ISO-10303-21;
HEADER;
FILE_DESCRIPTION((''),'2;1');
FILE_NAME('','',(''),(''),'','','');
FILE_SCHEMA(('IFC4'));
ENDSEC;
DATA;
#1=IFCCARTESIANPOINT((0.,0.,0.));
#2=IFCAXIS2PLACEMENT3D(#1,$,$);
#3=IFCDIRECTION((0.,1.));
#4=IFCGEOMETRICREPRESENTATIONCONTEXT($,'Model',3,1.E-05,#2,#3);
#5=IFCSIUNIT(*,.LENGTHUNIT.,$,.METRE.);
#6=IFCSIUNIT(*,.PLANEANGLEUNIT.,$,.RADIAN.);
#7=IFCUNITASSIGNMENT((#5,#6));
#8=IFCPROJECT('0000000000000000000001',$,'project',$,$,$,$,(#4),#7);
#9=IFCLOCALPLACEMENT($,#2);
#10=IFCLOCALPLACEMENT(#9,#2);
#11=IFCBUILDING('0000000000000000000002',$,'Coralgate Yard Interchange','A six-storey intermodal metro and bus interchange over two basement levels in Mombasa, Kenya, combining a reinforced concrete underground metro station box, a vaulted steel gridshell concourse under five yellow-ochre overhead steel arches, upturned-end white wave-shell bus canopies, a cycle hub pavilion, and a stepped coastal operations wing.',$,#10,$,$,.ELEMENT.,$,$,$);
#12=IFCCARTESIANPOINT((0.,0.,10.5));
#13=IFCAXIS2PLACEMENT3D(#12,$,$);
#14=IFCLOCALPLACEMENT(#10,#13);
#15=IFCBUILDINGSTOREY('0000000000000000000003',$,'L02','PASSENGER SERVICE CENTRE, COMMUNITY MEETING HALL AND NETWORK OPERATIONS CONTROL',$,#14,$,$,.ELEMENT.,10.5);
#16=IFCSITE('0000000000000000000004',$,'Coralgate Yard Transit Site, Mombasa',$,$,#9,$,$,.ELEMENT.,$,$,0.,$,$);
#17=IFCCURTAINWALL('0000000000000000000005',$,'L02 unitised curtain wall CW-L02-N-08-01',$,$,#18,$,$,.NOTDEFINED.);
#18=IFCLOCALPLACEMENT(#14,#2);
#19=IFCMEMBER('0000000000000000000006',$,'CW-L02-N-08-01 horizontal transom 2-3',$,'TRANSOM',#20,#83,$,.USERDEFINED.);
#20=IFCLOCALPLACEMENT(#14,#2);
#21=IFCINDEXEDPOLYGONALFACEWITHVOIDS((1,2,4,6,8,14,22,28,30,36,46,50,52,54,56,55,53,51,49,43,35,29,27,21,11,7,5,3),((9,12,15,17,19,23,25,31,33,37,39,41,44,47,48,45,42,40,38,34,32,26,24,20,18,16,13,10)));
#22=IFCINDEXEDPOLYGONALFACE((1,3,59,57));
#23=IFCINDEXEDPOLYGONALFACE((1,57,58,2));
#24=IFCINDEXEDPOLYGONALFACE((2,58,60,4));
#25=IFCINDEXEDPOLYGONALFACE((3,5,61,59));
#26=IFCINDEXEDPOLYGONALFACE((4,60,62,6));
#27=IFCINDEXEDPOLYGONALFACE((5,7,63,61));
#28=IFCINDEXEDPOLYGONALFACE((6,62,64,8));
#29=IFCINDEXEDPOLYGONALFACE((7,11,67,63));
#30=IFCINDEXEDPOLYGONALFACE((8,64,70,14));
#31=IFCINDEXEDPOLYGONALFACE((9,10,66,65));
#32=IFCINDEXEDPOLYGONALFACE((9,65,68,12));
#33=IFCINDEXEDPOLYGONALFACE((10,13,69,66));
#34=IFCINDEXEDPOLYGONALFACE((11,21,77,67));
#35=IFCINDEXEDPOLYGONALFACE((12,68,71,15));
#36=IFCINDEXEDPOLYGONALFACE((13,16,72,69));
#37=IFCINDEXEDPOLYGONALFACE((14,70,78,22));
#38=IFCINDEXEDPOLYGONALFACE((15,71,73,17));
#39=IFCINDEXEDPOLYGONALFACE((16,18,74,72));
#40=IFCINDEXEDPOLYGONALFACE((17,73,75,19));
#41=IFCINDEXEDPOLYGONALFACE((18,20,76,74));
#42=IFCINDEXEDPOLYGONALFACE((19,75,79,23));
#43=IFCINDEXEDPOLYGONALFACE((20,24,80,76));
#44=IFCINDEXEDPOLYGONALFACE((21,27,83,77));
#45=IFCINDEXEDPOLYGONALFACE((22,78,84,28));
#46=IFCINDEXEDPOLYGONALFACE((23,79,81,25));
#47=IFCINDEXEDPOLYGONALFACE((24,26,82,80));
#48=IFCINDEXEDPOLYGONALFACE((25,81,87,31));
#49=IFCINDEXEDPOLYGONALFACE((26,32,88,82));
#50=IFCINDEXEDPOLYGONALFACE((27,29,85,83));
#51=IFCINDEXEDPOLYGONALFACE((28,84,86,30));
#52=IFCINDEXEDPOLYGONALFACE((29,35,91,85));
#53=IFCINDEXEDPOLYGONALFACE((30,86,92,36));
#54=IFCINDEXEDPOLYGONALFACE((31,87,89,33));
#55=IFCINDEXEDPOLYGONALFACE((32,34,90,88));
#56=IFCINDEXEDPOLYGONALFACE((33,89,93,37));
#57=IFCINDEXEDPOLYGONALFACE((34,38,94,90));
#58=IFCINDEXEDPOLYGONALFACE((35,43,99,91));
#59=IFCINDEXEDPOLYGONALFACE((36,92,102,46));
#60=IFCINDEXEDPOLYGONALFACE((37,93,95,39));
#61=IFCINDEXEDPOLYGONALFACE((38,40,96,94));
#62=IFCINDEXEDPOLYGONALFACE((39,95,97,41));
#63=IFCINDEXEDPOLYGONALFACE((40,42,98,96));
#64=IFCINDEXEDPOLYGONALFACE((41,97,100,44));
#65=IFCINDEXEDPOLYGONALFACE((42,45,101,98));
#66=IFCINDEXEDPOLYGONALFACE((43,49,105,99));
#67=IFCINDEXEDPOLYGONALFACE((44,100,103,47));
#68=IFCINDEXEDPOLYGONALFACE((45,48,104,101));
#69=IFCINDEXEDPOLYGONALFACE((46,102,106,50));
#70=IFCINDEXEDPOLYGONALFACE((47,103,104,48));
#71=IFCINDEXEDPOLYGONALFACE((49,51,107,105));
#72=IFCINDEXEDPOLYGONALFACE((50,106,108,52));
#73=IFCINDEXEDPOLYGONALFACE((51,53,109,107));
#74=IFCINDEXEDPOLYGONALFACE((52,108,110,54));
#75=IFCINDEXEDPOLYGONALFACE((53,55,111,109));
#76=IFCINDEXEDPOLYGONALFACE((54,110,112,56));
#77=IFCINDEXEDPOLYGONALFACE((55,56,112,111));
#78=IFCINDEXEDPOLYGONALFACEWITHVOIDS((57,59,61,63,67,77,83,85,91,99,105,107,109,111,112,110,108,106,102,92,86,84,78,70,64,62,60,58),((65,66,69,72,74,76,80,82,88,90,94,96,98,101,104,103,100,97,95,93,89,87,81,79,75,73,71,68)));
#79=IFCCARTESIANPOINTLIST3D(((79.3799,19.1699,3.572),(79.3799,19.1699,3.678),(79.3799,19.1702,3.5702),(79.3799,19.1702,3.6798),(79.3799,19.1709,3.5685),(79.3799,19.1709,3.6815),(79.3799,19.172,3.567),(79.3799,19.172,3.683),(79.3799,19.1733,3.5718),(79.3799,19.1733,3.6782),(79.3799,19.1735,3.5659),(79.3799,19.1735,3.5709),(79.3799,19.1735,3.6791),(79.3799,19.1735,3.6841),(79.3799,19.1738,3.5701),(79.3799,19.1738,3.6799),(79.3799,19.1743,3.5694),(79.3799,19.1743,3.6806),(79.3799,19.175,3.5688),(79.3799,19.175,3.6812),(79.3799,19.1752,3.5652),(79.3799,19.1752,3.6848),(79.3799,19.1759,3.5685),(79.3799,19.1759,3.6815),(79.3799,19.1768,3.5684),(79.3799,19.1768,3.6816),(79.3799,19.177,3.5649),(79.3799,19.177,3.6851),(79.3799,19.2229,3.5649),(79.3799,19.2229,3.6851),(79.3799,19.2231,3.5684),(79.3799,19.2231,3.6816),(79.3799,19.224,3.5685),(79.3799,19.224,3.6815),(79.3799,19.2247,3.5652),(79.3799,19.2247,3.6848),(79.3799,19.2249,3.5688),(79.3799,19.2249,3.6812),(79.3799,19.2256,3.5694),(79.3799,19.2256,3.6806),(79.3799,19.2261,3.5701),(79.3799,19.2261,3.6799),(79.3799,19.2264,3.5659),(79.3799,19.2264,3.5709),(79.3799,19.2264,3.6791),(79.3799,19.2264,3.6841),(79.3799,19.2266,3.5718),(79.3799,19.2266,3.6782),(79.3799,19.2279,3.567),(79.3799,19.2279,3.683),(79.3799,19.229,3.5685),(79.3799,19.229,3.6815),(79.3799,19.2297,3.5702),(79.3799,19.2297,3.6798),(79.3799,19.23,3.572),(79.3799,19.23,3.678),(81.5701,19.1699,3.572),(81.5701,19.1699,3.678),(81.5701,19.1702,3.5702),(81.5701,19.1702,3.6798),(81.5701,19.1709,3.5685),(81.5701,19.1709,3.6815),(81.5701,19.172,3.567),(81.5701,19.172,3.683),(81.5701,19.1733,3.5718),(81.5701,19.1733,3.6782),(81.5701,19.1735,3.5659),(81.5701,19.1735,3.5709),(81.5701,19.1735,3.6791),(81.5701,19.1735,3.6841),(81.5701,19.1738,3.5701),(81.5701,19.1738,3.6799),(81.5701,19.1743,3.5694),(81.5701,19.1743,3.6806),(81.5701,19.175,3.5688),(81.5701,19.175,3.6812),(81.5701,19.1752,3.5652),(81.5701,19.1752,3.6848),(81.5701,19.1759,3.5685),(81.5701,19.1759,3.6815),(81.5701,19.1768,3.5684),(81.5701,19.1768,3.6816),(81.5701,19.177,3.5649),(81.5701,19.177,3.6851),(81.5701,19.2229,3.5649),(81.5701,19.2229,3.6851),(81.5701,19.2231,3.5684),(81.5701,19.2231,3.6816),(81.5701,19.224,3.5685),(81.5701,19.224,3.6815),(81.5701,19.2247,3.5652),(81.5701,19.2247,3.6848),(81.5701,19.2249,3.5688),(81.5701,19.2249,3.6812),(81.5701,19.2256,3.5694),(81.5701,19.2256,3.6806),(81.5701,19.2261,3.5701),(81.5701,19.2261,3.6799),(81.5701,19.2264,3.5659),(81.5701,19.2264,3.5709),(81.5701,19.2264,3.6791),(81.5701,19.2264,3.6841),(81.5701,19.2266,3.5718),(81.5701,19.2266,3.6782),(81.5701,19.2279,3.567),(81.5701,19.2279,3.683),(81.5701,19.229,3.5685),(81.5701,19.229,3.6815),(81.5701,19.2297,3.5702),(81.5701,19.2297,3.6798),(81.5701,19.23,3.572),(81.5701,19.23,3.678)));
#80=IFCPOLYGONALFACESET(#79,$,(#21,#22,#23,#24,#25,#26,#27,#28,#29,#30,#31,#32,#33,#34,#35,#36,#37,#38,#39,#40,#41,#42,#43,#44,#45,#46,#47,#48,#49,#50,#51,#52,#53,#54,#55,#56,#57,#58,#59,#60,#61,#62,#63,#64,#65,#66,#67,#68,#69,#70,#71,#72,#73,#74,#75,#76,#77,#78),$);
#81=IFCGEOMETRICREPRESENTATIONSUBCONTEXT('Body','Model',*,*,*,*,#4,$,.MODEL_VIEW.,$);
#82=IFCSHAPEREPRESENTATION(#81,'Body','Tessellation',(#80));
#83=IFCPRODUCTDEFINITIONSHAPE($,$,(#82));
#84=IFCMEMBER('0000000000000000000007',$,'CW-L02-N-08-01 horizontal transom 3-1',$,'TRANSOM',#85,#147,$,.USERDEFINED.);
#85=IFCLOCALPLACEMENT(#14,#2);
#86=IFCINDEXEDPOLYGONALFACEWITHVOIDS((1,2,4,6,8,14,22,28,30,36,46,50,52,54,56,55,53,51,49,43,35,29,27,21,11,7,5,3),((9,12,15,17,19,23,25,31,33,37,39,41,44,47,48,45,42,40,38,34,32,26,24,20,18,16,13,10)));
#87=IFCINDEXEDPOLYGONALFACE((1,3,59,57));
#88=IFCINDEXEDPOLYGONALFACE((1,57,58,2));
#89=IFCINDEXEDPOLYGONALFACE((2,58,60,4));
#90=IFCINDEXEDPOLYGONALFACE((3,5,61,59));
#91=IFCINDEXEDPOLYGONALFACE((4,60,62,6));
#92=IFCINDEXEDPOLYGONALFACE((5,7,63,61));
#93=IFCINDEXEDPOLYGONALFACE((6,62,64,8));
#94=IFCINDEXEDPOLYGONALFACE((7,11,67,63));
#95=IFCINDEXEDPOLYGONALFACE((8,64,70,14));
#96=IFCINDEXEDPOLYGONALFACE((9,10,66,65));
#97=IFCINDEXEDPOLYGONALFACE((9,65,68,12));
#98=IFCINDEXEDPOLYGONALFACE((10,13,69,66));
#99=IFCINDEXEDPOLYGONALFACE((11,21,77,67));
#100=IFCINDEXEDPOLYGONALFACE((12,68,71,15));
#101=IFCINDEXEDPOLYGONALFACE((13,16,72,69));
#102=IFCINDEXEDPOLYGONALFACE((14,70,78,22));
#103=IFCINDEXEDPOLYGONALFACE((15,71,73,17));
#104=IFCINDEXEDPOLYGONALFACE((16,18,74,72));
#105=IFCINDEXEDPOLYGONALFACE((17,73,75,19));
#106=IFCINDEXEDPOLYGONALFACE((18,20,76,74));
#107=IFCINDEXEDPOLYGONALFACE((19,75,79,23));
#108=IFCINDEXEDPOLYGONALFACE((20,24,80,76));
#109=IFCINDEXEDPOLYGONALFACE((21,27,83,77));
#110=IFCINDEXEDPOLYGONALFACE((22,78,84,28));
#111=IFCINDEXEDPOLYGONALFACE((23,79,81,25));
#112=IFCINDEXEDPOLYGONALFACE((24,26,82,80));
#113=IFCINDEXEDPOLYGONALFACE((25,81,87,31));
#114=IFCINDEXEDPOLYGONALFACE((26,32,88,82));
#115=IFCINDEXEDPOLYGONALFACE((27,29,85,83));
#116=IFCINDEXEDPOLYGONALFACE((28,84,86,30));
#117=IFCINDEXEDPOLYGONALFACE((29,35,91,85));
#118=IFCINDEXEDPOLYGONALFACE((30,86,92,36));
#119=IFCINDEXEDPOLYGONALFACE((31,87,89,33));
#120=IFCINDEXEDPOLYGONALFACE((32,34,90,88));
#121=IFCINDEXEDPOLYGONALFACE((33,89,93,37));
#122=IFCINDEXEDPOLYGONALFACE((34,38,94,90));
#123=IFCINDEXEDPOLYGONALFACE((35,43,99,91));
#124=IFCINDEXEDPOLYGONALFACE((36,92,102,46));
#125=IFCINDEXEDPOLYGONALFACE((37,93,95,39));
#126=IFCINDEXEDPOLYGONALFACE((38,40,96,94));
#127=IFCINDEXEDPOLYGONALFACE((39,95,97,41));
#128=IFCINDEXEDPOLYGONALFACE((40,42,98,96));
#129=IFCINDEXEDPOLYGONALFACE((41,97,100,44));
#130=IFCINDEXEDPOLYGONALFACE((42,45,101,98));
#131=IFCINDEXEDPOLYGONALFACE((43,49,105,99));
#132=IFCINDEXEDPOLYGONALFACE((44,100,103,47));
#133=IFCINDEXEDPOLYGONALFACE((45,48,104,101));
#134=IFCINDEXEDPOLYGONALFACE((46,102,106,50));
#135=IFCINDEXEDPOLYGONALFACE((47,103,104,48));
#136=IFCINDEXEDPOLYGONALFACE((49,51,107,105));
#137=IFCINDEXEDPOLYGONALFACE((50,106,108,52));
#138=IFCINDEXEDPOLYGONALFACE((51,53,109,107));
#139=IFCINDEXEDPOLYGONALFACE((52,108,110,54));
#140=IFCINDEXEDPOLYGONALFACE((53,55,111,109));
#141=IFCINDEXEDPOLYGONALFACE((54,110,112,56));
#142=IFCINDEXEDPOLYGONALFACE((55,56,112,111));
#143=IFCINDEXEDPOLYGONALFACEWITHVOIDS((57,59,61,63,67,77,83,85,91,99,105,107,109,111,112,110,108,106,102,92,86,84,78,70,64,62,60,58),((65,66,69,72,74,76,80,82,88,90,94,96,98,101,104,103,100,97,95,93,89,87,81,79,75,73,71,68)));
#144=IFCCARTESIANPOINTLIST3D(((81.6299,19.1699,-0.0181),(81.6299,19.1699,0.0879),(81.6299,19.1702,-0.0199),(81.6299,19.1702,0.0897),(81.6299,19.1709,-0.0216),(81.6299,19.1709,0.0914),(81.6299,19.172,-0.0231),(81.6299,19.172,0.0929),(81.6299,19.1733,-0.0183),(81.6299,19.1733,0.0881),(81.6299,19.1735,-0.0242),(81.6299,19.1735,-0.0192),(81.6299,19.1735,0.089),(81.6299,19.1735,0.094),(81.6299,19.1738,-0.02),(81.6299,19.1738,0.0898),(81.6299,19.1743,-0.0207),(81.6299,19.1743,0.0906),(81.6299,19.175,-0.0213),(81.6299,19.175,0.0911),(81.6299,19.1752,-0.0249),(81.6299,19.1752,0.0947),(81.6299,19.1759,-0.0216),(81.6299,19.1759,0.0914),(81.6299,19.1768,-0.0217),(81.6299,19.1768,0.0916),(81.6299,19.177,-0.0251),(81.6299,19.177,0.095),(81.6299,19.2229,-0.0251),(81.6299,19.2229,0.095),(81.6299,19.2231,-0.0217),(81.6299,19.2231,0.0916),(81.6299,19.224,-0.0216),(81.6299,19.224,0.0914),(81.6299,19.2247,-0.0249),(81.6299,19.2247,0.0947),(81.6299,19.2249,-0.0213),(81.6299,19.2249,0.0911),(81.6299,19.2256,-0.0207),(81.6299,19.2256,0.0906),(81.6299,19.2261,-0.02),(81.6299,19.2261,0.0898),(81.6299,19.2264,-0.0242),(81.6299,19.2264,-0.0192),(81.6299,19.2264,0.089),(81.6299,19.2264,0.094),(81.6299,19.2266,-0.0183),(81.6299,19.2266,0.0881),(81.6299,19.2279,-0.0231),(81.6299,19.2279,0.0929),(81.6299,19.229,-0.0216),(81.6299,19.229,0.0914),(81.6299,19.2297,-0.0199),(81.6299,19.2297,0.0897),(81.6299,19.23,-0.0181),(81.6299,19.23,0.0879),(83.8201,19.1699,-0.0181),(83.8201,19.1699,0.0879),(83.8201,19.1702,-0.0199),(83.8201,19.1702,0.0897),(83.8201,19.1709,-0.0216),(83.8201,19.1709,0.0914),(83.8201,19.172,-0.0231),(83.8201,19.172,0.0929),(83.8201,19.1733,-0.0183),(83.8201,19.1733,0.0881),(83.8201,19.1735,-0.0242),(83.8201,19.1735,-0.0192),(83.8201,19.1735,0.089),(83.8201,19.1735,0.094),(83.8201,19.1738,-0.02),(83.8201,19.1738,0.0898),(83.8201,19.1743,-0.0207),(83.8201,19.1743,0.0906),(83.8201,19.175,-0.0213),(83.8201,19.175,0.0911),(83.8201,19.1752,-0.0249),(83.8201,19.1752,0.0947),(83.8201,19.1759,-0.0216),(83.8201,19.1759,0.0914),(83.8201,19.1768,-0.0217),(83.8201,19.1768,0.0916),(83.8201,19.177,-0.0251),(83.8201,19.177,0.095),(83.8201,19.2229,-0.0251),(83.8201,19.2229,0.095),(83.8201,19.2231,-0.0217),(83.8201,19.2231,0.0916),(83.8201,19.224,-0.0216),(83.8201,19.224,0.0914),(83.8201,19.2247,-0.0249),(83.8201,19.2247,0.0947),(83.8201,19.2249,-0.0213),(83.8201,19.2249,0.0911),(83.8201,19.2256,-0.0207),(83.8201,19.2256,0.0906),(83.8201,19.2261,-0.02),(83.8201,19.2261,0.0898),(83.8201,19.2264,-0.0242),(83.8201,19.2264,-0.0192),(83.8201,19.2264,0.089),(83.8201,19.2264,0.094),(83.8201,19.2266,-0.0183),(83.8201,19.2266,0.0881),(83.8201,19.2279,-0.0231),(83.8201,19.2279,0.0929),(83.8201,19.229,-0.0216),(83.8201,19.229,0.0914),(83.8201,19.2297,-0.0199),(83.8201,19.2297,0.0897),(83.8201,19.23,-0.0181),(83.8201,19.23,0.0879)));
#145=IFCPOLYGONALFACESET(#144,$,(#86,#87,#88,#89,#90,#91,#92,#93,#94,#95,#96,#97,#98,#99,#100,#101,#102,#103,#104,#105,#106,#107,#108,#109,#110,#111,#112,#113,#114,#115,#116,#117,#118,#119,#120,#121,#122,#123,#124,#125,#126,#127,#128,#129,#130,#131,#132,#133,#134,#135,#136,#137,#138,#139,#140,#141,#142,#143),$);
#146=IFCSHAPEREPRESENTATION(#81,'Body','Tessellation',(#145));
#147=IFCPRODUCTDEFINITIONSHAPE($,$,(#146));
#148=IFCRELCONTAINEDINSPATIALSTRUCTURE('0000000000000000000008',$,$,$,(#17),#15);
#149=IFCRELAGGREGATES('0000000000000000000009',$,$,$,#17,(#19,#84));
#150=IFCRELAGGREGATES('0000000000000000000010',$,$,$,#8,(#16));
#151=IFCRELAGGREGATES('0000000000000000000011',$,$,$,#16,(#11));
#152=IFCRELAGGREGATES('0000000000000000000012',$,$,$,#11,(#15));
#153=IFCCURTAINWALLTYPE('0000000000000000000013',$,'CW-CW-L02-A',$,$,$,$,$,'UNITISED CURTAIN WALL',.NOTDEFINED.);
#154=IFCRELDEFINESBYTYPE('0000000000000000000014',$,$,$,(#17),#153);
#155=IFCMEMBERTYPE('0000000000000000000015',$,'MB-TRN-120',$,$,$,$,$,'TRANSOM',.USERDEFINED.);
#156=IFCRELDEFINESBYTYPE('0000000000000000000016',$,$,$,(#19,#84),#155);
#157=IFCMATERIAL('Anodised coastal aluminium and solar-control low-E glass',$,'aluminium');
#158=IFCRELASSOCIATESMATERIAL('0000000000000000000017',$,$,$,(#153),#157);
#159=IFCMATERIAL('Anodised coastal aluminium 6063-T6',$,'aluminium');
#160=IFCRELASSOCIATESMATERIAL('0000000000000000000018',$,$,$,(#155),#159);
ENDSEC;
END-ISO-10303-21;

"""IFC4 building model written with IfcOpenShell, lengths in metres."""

from ifc_helpers import new_model, si_unit, direction, frame, origin, origin_2d, place, context, subcontext, project, spatial, hollow_rectangle, extrude, material, material_profile, profile_set, type_object, element, aggregate, save


model = new_model("IFC4")

# Units and contexts
model_context = context("Model", 3, precision=1e-05, world=origin(), true_north=direction((0.0, 1.0)))
body_context = subcontext(model_context, "Body", "Model", "MODEL_VIEW")
ifc_project = project(units=[si_unit("LENGTHUNIT", "METRE"), si_unit("PLANEANGLEUNIT", "RADIAN")], contexts=[model_context])

# Site, building, storey
site_placement = place(None, origin())
site = spatial("IfcSite", under=ifc_project, at=site_placement, Name="Coralgate Yard Transit Site, Mombasa", CompositionType="ELEMENT", RefElevation=0.0)
building_placement = place(site_placement, origin())
building = spatial("IfcBuilding", under=site, at=building_placement, Name="Coralgate Yard Interchange", Description="A six-storey intermodal metro and bus interchange over two basement levels in Mombasa, Kenya, combining a reinforced concrete underground metro station box, a vaulted steel gridshell concourse under five yellow-ochre overhead steel arches, upturned-end white wave-shell bus canopies, a cycle hub pavilion, and a stepped coastal operations wing.", CompositionType="ELEMENT")
storey_placement = place(building_placement, frame((0.0, 0.0, 10.5)))
storey = spatial("IfcBuildingStorey", under=building, at=storey_placement, Name="L02", Description="PASSENGER SERVICE CENTRE, COMMUNITY MEETING HALL AND NETWORK OPERATIONS CONTROL", CompositionType="ELEMENT", Elevation=10.5)

# Curtain wall
ifc_material_1 = material(Name="Anodised coastal aluminium and solar-control low-E glass", Category="aluminium")
curtain_wall_type = type_object("IfcCurtainWallType", Name="CW-CW-L02-A", ElementType="UNITISED CURTAIN WALL", PredefinedType="NOTDEFINED", material=ifc_material_1)
curtain_wall_placement = place(storey_placement, origin())
curtain_wall = element("IfcCurtainWall", 1, at=curtain_wall_placement, inside=storey, type_object=curtain_wall_type, Name="L02 unitised curtain wall CW-L02-N-08-01", PredefinedType="NOTDEFINED")
ifc_material_2 = material(Name="Anodised coastal aluminium 6063-T6", Category="aluminium")

# Members
ifc_material_profile_1 = material_profile(ifc_material_2, hollow_rectangle(XDim=0.0601, YDim=0.1201, WallThickness=0.0034, InnerFilletRadius=0.0034, OuterFilletRadius=0.0071, at=origin_2d()), Name="ALU 60x120x3.5")
ifc_profile_set_1 = profile_set([ifc_material_profile_1], Name="Anodised coastal aluminium 6063-T6")
member_type_1 = type_object("IfcMemberType", Name="MB-TRN-120", ElementType="TRANSOM", PredefinedType="USERDEFINED", material=ifc_profile_set_1)
member_1_placement = place(storey_placement, frame((79.3799, 19.2, 3.625), z_axis=(1.0, 0.0, 0.0), x_axis=(0.0, 1.0, 0.0)))
member_1 = element("IfcMember", 2, at=member_1_placement, type_object=member_type_1, Name="CW-L02-N-08-01 horizontal transom 2-3", ObjectType="TRANSOM", PredefinedType="USERDEFINED", context=body_context, shape_type="SweptSolid", body=[
    extrude(hollow_rectangle(XDim=0.0601, YDim=0.1201, WallThickness=0.0034, InnerFilletRadius=0.0034, OuterFilletRadius=0.0071, at=origin_2d()), origin(), (0.0, 0.0, 1.0), 2.1902),
])
member_2_placement = place(storey_placement, frame((81.6299, 19.2, 0.0349), z_axis=(1.0, 0.0, 0.0), x_axis=(0.0, 1.0, 0.0)))
member_2 = element("IfcMember", 3, at=member_2_placement, type_object=member_type_1, Name="CW-L02-N-08-01 horizontal transom 3-1", ObjectType="TRANSOM", PredefinedType="USERDEFINED", context=body_context, shape_type="SweptSolid", body=[
    extrude(hollow_rectangle(XDim=0.0601, YDim=0.1201, WallThickness=0.0034, InnerFilletRadius=0.0034, OuterFilletRadius=0.0071, at=origin_2d()), origin(), (0.0, 0.0, 1.0), 2.1902),
])

aggregate(curtain_wall, [member_1, member_2])

save(model, "model.ifc")
